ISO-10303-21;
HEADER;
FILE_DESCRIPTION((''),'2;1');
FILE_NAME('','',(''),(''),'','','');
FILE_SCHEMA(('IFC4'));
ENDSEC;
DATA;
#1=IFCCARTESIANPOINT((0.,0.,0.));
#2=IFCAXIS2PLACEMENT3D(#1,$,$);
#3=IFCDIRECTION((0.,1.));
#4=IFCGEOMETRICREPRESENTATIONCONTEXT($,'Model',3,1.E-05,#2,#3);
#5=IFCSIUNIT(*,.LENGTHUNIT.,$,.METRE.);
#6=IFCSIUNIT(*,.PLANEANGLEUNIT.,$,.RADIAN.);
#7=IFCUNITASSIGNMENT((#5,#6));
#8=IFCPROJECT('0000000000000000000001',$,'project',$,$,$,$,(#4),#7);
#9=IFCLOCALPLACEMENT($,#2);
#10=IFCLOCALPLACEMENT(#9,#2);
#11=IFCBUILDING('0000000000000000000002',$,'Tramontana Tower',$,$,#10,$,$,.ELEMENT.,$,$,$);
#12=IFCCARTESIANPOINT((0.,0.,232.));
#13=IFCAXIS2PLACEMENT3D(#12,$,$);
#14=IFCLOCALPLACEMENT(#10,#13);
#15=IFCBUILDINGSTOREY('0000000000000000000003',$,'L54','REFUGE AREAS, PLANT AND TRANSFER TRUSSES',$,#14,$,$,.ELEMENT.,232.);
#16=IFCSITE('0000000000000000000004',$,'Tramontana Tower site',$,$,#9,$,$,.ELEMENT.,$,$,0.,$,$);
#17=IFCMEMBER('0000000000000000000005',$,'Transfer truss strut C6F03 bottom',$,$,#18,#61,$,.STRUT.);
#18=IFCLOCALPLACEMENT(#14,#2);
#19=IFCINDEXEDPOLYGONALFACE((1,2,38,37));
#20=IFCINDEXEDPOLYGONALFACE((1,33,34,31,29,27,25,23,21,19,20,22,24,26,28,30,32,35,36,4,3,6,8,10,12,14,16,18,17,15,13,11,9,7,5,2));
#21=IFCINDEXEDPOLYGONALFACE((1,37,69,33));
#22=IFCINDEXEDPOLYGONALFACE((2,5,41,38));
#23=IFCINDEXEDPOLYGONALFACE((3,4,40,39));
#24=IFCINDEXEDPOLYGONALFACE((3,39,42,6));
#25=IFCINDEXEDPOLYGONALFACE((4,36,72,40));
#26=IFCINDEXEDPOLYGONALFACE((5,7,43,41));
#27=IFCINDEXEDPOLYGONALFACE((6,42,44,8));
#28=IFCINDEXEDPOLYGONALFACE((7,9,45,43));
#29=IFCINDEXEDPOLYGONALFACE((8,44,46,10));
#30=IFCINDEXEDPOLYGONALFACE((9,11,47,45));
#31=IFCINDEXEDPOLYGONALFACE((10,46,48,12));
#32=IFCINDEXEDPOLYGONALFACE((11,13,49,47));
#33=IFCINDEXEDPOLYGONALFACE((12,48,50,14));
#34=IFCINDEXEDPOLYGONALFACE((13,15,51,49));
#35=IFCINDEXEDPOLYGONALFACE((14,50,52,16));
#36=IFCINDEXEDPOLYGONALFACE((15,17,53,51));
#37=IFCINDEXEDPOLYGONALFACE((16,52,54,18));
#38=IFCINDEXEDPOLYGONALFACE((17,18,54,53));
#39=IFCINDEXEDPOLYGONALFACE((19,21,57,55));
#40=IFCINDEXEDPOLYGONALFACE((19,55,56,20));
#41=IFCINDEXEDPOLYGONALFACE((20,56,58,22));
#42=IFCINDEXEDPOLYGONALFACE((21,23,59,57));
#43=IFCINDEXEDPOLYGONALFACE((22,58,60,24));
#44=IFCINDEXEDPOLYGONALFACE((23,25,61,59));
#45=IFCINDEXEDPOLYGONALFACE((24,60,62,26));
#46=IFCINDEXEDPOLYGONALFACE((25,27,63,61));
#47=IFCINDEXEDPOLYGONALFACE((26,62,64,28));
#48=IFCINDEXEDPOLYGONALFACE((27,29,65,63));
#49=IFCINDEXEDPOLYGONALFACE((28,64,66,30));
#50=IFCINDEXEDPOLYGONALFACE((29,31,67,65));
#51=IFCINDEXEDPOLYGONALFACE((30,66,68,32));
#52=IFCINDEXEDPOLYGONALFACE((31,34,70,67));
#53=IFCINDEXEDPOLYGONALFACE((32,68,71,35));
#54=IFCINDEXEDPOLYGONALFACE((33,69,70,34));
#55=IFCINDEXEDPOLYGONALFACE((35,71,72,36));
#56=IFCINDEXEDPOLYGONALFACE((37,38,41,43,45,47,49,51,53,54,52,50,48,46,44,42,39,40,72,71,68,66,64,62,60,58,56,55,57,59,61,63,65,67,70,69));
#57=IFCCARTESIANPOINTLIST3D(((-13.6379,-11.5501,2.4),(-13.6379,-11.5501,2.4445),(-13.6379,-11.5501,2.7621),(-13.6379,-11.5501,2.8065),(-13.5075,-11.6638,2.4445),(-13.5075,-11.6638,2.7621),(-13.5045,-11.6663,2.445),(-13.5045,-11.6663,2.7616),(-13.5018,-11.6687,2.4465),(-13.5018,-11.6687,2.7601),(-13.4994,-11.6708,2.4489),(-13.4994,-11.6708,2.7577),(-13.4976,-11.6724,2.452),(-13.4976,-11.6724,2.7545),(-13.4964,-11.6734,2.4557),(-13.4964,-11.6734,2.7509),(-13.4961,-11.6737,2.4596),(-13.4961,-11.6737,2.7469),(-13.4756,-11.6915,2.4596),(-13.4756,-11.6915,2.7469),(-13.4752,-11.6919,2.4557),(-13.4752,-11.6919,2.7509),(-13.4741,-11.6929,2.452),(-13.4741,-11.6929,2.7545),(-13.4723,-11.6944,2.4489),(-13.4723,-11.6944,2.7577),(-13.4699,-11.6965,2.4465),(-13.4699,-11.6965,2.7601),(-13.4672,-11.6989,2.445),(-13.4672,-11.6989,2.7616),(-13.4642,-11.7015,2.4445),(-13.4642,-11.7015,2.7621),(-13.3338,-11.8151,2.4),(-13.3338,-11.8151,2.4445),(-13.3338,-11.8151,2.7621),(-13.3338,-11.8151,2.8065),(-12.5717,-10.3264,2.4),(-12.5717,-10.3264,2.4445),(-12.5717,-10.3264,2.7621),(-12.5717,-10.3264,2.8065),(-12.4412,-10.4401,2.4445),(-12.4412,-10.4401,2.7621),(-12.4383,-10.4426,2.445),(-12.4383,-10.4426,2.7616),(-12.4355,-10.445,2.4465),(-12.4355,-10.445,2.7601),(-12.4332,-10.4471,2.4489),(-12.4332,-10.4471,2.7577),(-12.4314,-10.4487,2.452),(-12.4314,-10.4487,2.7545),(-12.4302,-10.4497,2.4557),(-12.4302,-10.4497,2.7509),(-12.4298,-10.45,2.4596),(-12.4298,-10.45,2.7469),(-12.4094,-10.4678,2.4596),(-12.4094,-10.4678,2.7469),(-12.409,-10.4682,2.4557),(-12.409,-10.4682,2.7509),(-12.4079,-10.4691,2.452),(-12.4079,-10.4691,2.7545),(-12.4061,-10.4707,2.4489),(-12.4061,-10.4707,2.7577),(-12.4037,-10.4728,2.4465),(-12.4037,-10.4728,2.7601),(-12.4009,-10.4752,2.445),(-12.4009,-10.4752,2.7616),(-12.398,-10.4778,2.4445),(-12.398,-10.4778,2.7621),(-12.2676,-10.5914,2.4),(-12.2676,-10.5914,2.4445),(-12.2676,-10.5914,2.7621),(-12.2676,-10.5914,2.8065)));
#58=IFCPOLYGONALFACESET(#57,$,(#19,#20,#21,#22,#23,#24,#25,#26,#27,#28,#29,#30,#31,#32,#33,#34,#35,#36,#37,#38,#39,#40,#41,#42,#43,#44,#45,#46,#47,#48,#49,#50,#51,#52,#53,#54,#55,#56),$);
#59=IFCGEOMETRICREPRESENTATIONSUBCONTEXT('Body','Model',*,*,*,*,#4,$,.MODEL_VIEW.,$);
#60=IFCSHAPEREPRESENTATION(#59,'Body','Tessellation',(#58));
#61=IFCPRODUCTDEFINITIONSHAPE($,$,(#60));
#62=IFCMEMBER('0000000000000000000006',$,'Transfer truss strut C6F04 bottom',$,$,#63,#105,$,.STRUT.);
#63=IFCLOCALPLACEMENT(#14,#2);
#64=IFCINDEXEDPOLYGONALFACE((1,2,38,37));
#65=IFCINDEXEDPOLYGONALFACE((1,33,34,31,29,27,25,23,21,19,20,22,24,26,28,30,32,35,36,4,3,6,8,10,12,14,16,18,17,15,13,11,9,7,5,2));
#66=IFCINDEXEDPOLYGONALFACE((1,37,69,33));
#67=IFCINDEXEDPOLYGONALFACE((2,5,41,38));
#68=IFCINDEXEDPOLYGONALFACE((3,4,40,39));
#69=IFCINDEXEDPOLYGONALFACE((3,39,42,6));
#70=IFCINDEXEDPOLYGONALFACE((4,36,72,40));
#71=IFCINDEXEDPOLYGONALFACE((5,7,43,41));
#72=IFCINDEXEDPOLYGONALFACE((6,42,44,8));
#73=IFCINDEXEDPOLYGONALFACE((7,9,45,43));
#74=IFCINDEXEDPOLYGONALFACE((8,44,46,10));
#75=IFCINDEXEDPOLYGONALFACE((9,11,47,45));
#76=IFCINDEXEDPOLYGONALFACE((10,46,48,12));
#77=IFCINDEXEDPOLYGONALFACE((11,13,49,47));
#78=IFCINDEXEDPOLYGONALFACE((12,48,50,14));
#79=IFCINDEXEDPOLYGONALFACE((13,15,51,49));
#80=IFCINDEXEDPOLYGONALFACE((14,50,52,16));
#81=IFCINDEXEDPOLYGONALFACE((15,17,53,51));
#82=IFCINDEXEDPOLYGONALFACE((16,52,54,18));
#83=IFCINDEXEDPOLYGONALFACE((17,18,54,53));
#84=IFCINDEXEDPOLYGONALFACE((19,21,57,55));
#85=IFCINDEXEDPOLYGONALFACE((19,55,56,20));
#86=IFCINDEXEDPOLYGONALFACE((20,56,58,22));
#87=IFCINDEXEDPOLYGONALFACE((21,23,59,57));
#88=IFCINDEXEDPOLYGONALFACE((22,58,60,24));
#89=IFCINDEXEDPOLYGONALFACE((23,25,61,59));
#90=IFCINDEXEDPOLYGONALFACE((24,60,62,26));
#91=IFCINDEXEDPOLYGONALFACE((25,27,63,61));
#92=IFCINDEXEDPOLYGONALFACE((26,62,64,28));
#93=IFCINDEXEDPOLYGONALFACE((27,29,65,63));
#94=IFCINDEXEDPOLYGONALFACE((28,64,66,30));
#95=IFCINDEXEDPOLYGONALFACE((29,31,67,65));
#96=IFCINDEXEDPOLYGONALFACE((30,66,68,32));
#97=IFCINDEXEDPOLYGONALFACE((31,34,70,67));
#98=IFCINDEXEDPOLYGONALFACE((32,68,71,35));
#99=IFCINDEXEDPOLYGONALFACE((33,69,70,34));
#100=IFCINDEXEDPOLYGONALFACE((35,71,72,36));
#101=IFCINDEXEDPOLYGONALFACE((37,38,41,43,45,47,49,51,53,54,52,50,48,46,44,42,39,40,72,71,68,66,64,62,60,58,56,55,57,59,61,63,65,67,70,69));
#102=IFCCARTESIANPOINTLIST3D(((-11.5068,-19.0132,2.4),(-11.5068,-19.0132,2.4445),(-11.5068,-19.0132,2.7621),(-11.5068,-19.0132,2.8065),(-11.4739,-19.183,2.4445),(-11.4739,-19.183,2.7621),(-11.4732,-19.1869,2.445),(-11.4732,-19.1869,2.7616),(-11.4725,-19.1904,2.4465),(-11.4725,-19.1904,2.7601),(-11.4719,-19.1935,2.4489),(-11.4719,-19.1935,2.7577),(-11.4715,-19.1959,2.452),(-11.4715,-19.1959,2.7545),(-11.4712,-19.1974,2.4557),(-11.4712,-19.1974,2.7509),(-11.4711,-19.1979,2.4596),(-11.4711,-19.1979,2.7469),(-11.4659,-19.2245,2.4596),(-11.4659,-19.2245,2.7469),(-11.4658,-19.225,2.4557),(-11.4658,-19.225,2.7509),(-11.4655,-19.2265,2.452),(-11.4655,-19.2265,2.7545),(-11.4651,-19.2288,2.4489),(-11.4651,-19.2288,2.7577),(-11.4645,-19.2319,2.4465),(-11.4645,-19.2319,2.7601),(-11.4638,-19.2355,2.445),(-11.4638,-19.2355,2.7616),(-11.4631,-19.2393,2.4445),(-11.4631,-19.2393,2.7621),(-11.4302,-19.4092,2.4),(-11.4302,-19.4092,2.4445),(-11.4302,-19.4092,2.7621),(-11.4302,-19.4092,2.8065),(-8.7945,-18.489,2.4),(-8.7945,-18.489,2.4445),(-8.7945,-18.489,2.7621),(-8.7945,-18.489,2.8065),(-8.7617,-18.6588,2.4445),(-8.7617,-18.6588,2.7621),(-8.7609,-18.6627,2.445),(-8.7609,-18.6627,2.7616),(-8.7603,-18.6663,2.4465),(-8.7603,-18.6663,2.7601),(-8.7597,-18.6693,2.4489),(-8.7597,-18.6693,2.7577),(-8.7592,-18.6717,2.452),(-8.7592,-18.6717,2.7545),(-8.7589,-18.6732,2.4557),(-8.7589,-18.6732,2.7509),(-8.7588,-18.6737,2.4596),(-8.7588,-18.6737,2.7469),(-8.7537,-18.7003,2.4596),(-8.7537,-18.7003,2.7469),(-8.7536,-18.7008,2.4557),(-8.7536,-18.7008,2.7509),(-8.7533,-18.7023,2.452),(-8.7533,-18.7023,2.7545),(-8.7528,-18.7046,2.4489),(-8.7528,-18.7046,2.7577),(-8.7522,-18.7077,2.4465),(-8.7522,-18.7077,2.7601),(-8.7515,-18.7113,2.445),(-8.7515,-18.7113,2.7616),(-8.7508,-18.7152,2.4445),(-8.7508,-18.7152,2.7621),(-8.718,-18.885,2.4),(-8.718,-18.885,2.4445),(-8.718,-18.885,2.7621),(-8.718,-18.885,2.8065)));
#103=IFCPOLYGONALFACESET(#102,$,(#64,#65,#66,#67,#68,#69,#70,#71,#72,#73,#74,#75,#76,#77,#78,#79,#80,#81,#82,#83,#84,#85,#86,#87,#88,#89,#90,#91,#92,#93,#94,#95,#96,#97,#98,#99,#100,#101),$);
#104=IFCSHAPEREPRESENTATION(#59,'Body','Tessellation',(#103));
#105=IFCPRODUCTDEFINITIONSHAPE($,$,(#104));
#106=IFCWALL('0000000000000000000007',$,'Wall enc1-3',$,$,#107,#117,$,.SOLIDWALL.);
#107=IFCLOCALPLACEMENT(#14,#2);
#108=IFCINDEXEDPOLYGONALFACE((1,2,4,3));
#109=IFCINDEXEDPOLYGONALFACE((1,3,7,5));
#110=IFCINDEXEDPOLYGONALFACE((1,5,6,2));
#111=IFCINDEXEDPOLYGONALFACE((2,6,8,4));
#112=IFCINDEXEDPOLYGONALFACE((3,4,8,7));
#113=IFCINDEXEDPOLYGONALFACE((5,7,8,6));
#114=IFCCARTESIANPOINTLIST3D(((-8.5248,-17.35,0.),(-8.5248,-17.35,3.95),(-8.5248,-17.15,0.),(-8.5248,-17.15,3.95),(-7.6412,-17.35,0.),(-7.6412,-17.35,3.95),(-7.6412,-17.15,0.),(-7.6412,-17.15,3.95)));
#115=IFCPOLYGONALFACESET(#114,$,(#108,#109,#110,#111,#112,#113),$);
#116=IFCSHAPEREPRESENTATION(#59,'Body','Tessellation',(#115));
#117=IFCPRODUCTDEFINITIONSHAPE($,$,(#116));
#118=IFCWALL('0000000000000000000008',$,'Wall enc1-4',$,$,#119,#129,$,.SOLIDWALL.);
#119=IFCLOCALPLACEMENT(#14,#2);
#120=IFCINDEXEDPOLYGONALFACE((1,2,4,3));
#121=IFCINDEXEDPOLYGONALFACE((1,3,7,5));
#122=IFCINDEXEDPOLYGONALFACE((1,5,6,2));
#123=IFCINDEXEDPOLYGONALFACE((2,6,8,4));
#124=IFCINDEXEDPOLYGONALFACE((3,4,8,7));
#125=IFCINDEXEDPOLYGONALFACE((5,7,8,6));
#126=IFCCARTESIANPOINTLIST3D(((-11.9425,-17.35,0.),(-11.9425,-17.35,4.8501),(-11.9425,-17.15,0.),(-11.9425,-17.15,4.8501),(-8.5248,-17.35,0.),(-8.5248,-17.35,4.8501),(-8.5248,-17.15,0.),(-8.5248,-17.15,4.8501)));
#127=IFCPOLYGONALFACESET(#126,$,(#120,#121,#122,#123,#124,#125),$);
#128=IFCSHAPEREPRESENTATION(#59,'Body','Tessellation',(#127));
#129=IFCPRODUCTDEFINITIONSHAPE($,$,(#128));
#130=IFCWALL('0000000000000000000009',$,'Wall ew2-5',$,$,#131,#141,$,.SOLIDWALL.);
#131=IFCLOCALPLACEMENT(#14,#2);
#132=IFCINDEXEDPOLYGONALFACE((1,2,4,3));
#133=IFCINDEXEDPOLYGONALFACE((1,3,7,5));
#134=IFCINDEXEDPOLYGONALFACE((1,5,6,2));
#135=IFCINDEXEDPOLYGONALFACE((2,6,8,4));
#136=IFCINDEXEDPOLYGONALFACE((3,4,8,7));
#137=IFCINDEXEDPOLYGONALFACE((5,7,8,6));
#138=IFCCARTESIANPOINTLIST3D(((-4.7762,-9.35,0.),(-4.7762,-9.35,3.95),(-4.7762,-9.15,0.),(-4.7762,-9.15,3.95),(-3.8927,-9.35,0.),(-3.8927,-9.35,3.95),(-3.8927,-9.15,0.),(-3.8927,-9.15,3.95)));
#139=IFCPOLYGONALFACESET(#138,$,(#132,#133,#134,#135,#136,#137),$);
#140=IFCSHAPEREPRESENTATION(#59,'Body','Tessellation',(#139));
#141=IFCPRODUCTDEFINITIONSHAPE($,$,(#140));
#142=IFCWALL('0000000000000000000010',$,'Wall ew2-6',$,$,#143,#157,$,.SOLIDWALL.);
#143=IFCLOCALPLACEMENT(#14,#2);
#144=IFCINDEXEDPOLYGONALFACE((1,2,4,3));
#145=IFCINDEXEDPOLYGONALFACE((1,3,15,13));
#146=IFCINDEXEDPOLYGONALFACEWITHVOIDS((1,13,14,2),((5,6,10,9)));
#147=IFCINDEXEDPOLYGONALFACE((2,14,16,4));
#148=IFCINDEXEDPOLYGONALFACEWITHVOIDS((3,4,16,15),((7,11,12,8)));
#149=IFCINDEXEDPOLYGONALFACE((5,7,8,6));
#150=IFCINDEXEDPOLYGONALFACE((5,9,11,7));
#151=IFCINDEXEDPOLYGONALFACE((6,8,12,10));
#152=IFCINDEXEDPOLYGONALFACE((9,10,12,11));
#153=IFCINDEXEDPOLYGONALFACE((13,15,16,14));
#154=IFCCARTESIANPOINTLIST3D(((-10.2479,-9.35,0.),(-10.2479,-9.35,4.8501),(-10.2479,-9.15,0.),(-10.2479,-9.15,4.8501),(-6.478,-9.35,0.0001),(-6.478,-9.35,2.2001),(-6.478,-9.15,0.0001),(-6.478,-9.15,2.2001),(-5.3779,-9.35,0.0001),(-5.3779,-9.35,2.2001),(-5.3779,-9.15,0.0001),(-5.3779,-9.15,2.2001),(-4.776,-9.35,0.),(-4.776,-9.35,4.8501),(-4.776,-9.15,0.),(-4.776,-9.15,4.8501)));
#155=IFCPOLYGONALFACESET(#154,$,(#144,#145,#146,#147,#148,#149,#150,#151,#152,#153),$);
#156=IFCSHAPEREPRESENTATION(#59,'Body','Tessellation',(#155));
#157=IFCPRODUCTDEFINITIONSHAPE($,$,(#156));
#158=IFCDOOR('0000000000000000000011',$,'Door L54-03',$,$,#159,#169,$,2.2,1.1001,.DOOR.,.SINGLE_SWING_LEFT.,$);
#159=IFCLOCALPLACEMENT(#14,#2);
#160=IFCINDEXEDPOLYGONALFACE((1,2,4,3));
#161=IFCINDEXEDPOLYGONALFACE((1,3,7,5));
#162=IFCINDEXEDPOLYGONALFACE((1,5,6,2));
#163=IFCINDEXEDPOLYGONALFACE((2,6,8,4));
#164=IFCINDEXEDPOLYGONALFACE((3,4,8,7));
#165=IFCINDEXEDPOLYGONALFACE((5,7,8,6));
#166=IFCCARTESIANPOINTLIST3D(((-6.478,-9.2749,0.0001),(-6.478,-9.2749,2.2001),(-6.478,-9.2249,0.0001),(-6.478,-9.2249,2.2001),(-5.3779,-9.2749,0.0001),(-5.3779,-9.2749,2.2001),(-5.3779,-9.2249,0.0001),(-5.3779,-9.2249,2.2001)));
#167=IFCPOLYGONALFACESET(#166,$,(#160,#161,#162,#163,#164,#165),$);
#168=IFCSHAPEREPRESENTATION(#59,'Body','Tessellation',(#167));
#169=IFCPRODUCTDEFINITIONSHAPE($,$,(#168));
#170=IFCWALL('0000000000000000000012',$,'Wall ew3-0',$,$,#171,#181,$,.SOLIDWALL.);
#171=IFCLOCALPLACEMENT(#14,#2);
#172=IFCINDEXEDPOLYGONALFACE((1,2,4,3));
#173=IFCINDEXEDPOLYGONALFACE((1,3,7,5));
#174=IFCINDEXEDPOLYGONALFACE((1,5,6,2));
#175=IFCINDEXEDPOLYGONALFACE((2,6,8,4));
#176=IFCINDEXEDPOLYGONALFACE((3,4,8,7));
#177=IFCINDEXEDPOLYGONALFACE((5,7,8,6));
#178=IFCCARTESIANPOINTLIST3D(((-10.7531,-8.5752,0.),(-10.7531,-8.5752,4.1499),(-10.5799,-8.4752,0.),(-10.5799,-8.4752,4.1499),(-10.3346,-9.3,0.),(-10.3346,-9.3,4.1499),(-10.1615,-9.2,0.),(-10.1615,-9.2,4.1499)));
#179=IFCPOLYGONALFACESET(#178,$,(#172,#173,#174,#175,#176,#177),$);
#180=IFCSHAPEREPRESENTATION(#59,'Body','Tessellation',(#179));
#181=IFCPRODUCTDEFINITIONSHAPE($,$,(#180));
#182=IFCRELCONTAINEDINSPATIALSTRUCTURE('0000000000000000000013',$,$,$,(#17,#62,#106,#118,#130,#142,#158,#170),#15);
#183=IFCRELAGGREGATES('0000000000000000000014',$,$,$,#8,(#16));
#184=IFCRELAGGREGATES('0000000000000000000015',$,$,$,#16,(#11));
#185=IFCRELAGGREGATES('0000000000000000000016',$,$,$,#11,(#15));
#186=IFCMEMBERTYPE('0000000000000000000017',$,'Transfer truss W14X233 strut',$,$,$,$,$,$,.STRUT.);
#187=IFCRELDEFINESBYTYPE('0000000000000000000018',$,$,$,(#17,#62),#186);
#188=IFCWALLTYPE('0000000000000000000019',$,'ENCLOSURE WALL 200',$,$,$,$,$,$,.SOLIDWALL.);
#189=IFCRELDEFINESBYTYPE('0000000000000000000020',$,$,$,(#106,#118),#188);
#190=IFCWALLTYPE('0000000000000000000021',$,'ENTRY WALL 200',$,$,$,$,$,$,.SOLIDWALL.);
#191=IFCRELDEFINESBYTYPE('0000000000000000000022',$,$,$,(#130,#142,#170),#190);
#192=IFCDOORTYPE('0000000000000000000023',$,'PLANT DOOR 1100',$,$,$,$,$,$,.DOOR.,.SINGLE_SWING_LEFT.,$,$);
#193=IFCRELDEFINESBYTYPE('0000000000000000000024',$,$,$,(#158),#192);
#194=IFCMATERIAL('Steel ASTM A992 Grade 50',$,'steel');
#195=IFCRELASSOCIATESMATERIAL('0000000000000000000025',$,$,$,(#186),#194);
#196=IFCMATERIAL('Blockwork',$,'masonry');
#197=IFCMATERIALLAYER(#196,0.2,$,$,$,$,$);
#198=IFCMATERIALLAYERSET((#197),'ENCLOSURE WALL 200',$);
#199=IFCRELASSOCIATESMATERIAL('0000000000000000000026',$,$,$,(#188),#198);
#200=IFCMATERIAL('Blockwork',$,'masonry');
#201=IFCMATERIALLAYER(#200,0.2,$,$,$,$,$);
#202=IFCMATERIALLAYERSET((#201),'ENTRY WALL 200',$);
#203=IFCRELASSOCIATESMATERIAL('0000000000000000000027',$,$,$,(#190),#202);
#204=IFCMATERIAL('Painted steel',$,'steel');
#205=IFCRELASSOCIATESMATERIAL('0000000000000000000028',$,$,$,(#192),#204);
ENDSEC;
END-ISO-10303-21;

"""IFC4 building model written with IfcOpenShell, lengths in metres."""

from ifc_helpers import new_model, si_unit, direction, frame, frame_2d, origin, origin_2d, place, context, subcontext, project, spatial, rectangle, i_section, extrude, material, layer, layer_set, material_profile, profile_set, type_object, element, fill, save


model = new_model("IFC4")

# Units and contexts
model_context = context("Model", 3, precision=1e-05, world=origin(), true_north=direction((0.0, 1.0)))
body_context = subcontext(model_context, "Body", "Model", "MODEL_VIEW")
ifc_project = project(units=[si_unit("LENGTHUNIT", "METRE"), si_unit("PLANEANGLEUNIT", "RADIAN")], contexts=[model_context])

# Site, building, storey
site_placement = place(None, origin())
site = spatial("IfcSite", under=ifc_project, at=site_placement, Name="Tramontana Tower site", CompositionType="ELEMENT", RefElevation=0.0)
building_placement = place(site_placement, origin())
building = spatial("IfcBuilding", under=site, at=building_placement, Name="Tramontana Tower", CompositionType="ELEMENT")
storey_placement = place(building_placement, frame((0.0, 0.0, 232.0)))
storey = spatial("IfcBuildingStorey", under=building, at=storey_placement, Name="L54", Description="REFUGE AREAS, PLANT AND TRANSFER TRUSSES", CompositionType="ELEMENT", Elevation=232.0)

# Members
ifc_material_1 = material(Name="Steel ASTM A992 Grade 50", Category="steel")
ifc_material_profile_1 = material_profile(ifc_material_1, i_section(OverallWidth=0.4033, OverallDepth=0.4065, WebThickness=0.0271, FlangeThickness=0.0444, FilletRadius=0.0151, at=origin_2d()), Name="W14X233")
ifc_profile_set_1 = profile_set([ifc_material_profile_1], Name="Steel ASTM A992 Grade 50")
member_type_1 = type_object("IfcMemberType", Name="Transfer truss W14X233 strut", PredefinedType="STRUT", material=ifc_profile_set_1)
member_1_placement = place(storey_placement, frame((-13.4858, -11.6826, 2.6033), z_axis=(0.656927, 0.753954, 0.0), x_axis=(-0.753954, 0.656927, 0.0)))
element("IfcMember", 1, at=member_1_placement, inside=storey, type_object=member_type_1, Name="Transfer truss strut C6F03 bottom", PredefinedType="STRUT", context=body_context, shape_type="SweptSolid", body=[
    extrude(i_section(OverallWidth=0.4033, OverallDepth=0.4065, WebThickness=0.0271, FlangeThickness=0.0444, FilletRadius=0.0151, at=origin_2d()), origin(), (0.0, 0.0, 1.0), 1.623),
])
member_2_placement = place(storey_placement, frame((-11.4685, -19.2112, 2.6033), z_axis=(0.981831, 0.189755, 0.0), x_axis=(-0.189755, 0.981831, 0.0)))
element("IfcMember", 2, at=member_2_placement, inside=storey, type_object=member_type_1, Name="Transfer truss strut C6F04 bottom", PredefinedType="STRUT", context=body_context, shape_type="SweptSolid", body=[
    extrude(i_section(OverallWidth=0.4033, OverallDepth=0.4065, WebThickness=0.0271, FlangeThickness=0.0444, FilletRadius=0.0151, at=origin_2d()), origin(), (0.0, 0.0, 1.0), 2.7625),
])

# Walls
ifc_material_2 = material(Name="Blockwork", Category="masonry")
ifc_layer_1 = layer(ifc_material_2, 0.2)
ifc_layer_set_1 = layer_set([ifc_layer_1], Name="ENCLOSURE WALL 200")
wall_type_1 = type_object("IfcWallType", Name="ENCLOSURE WALL 200", PredefinedType="SOLIDWALL", material=ifc_layer_set_1)
wall_1_placement = place(storey_placement, frame((-7.6411, -17.25, 0.0), z_axis=(0.0, 0.0, 1.0), x_axis=(-1.0, 0.0, 0.0)))
element("IfcWall", 3, at=wall_1_placement, inside=storey, type_object=wall_type_1, Name="Wall enc1-3", PredefinedType="SOLIDWALL", context=body_context, shape_type="SweptSolid", body=[
    extrude(rectangle(XDim=0.8835, YDim=0.2, at=frame_2d((0.4419, 0.0))), origin(), (0.0, 0.0, 1.0), 3.95),
])
wall_2_placement = place(storey_placement, frame((-8.5247, -17.25, 0.0), z_axis=(0.0, 0.0, 1.0), x_axis=(-1.0, 0.0, 0.0)))
element("IfcWall", 4, at=wall_2_placement, inside=storey, type_object=wall_type_1, Name="Wall enc1-4", PredefinedType="SOLIDWALL", context=body_context, shape_type="SweptSolid", body=[
    extrude(rectangle(XDim=3.4177, YDim=0.2, at=frame_2d((1.709, 0.0))), origin(), (0.0, 0.0, 1.0), 4.8501),
])
ifc_material_3 = material(Name="Blockwork", Category="masonry")
ifc_layer_2 = layer(ifc_material_3, 0.2)
ifc_layer_set_2 = layer_set([ifc_layer_2], Name="ENTRY WALL 200")
wall_type_2 = type_object("IfcWallType", Name="ENTRY WALL 200", PredefinedType="SOLIDWALL", material=ifc_layer_set_2)
wall_3_placement = place(storey_placement, frame((-3.8926, -9.25, 0.0), z_axis=(0.0, 0.0, 1.0), x_axis=(-1.0, 0.0, 0.0)))
element("IfcWall", 5, at=wall_3_placement, inside=storey, type_object=wall_type_2, Name="Wall ew2-5", PredefinedType="SOLIDWALL", context=body_context, shape_type="SweptSolid", body=[
    extrude(rectangle(XDim=0.8835, YDim=0.2, at=frame_2d((0.4419, 0.0))), origin(), (0.0, 0.0, 1.0), 3.95),
])

# Wall, opening, door
wall_4_placement = place(storey_placement, frame((-4.7761, -9.25, 0.0), z_axis=(0.0, 0.0, 1.0), x_axis=(-1.0, 0.0, 0.0)))
wall_4 = element("IfcWall", 6, at=wall_4_placement, inside=storey, type_object=wall_type_2, Name="Wall ew2-6", PredefinedType="SOLIDWALL", context=body_context, shape_type="SweptSolid", body=[
    extrude(rectangle(XDim=5.4719, YDim=0.2, at=frame_2d((2.7358, 0.0))), origin(), (0.0, 0.0, 1.0), 4.8501),
])
opening_1_placement = place(wall_4_placement, frame((0.6018, 0.0, 0.0)))
opening_1 = element("IfcOpeningElement", 7, at=opening_1_placement, cuts=wall_4, PredefinedType="OPENING", context=body_context, shape_type="SweptSolid", body=[
    extrude(rectangle(XDim=1.1001, YDim=2.2, at=frame_2d((0.55, 1.1001))), frame((0.0, 0.1099, 0.0), z_axis=(0.0, -1.0, 0.0), x_axis=(1.0, 0.0, 0.0)), (0.0, 0.0, 1.0), 0.22),
])
ifc_material_4 = material(Name="Painted steel", Category="steel")
door_type = type_object("IfcDoorType", Name="PLANT DOOR 1100", OperationType="SINGLE_SWING_LEFT", PredefinedType="DOOR", material=ifc_material_4)
door_1_placement = place(opening_1_placement, origin())
door_1 = element("IfcDoor", 8, at=door_1_placement, inside=storey, type_object=door_type, Name="Door L54-03", OperationType="SINGLE_SWING_LEFT", OverallHeight=2.2, OverallWidth=1.1001, PredefinedType="DOOR", context=body_context, shape_type="SweptSolid", body=[
    extrude(rectangle(XDim=1.1001, YDim=2.2, at=frame_2d((0.55, 1.1001))), frame((0.0, 0.0249, 0.0), z_axis=(0.0, -1.0, 0.0), x_axis=(1.0, 0.0, 0.0)), (0.0, 0.0, 1.0), 0.05),
])
fill(opening_1, door_1)

# Wall
wall_5_placement = place(storey_placement, frame((-10.248, -9.25, 0.0), z_axis=(0.0, 0.0, 1.0), x_axis=(-0.499967, 0.866045, 0.0)))
element("IfcWall", 9, at=wall_5_placement, inside=storey, type_object=wall_type_2, Name="Wall ew3-0", PredefinedType="SOLIDWALL", context=body_context, shape_type="SweptSolid", body=[
    extrude(rectangle(XDim=0.8369, YDim=0.2, at=frame_2d((0.4185, 0.0))), origin(), (0.0, 0.0, 1.0), 4.1499),
])

save(model, "model.ifc")
